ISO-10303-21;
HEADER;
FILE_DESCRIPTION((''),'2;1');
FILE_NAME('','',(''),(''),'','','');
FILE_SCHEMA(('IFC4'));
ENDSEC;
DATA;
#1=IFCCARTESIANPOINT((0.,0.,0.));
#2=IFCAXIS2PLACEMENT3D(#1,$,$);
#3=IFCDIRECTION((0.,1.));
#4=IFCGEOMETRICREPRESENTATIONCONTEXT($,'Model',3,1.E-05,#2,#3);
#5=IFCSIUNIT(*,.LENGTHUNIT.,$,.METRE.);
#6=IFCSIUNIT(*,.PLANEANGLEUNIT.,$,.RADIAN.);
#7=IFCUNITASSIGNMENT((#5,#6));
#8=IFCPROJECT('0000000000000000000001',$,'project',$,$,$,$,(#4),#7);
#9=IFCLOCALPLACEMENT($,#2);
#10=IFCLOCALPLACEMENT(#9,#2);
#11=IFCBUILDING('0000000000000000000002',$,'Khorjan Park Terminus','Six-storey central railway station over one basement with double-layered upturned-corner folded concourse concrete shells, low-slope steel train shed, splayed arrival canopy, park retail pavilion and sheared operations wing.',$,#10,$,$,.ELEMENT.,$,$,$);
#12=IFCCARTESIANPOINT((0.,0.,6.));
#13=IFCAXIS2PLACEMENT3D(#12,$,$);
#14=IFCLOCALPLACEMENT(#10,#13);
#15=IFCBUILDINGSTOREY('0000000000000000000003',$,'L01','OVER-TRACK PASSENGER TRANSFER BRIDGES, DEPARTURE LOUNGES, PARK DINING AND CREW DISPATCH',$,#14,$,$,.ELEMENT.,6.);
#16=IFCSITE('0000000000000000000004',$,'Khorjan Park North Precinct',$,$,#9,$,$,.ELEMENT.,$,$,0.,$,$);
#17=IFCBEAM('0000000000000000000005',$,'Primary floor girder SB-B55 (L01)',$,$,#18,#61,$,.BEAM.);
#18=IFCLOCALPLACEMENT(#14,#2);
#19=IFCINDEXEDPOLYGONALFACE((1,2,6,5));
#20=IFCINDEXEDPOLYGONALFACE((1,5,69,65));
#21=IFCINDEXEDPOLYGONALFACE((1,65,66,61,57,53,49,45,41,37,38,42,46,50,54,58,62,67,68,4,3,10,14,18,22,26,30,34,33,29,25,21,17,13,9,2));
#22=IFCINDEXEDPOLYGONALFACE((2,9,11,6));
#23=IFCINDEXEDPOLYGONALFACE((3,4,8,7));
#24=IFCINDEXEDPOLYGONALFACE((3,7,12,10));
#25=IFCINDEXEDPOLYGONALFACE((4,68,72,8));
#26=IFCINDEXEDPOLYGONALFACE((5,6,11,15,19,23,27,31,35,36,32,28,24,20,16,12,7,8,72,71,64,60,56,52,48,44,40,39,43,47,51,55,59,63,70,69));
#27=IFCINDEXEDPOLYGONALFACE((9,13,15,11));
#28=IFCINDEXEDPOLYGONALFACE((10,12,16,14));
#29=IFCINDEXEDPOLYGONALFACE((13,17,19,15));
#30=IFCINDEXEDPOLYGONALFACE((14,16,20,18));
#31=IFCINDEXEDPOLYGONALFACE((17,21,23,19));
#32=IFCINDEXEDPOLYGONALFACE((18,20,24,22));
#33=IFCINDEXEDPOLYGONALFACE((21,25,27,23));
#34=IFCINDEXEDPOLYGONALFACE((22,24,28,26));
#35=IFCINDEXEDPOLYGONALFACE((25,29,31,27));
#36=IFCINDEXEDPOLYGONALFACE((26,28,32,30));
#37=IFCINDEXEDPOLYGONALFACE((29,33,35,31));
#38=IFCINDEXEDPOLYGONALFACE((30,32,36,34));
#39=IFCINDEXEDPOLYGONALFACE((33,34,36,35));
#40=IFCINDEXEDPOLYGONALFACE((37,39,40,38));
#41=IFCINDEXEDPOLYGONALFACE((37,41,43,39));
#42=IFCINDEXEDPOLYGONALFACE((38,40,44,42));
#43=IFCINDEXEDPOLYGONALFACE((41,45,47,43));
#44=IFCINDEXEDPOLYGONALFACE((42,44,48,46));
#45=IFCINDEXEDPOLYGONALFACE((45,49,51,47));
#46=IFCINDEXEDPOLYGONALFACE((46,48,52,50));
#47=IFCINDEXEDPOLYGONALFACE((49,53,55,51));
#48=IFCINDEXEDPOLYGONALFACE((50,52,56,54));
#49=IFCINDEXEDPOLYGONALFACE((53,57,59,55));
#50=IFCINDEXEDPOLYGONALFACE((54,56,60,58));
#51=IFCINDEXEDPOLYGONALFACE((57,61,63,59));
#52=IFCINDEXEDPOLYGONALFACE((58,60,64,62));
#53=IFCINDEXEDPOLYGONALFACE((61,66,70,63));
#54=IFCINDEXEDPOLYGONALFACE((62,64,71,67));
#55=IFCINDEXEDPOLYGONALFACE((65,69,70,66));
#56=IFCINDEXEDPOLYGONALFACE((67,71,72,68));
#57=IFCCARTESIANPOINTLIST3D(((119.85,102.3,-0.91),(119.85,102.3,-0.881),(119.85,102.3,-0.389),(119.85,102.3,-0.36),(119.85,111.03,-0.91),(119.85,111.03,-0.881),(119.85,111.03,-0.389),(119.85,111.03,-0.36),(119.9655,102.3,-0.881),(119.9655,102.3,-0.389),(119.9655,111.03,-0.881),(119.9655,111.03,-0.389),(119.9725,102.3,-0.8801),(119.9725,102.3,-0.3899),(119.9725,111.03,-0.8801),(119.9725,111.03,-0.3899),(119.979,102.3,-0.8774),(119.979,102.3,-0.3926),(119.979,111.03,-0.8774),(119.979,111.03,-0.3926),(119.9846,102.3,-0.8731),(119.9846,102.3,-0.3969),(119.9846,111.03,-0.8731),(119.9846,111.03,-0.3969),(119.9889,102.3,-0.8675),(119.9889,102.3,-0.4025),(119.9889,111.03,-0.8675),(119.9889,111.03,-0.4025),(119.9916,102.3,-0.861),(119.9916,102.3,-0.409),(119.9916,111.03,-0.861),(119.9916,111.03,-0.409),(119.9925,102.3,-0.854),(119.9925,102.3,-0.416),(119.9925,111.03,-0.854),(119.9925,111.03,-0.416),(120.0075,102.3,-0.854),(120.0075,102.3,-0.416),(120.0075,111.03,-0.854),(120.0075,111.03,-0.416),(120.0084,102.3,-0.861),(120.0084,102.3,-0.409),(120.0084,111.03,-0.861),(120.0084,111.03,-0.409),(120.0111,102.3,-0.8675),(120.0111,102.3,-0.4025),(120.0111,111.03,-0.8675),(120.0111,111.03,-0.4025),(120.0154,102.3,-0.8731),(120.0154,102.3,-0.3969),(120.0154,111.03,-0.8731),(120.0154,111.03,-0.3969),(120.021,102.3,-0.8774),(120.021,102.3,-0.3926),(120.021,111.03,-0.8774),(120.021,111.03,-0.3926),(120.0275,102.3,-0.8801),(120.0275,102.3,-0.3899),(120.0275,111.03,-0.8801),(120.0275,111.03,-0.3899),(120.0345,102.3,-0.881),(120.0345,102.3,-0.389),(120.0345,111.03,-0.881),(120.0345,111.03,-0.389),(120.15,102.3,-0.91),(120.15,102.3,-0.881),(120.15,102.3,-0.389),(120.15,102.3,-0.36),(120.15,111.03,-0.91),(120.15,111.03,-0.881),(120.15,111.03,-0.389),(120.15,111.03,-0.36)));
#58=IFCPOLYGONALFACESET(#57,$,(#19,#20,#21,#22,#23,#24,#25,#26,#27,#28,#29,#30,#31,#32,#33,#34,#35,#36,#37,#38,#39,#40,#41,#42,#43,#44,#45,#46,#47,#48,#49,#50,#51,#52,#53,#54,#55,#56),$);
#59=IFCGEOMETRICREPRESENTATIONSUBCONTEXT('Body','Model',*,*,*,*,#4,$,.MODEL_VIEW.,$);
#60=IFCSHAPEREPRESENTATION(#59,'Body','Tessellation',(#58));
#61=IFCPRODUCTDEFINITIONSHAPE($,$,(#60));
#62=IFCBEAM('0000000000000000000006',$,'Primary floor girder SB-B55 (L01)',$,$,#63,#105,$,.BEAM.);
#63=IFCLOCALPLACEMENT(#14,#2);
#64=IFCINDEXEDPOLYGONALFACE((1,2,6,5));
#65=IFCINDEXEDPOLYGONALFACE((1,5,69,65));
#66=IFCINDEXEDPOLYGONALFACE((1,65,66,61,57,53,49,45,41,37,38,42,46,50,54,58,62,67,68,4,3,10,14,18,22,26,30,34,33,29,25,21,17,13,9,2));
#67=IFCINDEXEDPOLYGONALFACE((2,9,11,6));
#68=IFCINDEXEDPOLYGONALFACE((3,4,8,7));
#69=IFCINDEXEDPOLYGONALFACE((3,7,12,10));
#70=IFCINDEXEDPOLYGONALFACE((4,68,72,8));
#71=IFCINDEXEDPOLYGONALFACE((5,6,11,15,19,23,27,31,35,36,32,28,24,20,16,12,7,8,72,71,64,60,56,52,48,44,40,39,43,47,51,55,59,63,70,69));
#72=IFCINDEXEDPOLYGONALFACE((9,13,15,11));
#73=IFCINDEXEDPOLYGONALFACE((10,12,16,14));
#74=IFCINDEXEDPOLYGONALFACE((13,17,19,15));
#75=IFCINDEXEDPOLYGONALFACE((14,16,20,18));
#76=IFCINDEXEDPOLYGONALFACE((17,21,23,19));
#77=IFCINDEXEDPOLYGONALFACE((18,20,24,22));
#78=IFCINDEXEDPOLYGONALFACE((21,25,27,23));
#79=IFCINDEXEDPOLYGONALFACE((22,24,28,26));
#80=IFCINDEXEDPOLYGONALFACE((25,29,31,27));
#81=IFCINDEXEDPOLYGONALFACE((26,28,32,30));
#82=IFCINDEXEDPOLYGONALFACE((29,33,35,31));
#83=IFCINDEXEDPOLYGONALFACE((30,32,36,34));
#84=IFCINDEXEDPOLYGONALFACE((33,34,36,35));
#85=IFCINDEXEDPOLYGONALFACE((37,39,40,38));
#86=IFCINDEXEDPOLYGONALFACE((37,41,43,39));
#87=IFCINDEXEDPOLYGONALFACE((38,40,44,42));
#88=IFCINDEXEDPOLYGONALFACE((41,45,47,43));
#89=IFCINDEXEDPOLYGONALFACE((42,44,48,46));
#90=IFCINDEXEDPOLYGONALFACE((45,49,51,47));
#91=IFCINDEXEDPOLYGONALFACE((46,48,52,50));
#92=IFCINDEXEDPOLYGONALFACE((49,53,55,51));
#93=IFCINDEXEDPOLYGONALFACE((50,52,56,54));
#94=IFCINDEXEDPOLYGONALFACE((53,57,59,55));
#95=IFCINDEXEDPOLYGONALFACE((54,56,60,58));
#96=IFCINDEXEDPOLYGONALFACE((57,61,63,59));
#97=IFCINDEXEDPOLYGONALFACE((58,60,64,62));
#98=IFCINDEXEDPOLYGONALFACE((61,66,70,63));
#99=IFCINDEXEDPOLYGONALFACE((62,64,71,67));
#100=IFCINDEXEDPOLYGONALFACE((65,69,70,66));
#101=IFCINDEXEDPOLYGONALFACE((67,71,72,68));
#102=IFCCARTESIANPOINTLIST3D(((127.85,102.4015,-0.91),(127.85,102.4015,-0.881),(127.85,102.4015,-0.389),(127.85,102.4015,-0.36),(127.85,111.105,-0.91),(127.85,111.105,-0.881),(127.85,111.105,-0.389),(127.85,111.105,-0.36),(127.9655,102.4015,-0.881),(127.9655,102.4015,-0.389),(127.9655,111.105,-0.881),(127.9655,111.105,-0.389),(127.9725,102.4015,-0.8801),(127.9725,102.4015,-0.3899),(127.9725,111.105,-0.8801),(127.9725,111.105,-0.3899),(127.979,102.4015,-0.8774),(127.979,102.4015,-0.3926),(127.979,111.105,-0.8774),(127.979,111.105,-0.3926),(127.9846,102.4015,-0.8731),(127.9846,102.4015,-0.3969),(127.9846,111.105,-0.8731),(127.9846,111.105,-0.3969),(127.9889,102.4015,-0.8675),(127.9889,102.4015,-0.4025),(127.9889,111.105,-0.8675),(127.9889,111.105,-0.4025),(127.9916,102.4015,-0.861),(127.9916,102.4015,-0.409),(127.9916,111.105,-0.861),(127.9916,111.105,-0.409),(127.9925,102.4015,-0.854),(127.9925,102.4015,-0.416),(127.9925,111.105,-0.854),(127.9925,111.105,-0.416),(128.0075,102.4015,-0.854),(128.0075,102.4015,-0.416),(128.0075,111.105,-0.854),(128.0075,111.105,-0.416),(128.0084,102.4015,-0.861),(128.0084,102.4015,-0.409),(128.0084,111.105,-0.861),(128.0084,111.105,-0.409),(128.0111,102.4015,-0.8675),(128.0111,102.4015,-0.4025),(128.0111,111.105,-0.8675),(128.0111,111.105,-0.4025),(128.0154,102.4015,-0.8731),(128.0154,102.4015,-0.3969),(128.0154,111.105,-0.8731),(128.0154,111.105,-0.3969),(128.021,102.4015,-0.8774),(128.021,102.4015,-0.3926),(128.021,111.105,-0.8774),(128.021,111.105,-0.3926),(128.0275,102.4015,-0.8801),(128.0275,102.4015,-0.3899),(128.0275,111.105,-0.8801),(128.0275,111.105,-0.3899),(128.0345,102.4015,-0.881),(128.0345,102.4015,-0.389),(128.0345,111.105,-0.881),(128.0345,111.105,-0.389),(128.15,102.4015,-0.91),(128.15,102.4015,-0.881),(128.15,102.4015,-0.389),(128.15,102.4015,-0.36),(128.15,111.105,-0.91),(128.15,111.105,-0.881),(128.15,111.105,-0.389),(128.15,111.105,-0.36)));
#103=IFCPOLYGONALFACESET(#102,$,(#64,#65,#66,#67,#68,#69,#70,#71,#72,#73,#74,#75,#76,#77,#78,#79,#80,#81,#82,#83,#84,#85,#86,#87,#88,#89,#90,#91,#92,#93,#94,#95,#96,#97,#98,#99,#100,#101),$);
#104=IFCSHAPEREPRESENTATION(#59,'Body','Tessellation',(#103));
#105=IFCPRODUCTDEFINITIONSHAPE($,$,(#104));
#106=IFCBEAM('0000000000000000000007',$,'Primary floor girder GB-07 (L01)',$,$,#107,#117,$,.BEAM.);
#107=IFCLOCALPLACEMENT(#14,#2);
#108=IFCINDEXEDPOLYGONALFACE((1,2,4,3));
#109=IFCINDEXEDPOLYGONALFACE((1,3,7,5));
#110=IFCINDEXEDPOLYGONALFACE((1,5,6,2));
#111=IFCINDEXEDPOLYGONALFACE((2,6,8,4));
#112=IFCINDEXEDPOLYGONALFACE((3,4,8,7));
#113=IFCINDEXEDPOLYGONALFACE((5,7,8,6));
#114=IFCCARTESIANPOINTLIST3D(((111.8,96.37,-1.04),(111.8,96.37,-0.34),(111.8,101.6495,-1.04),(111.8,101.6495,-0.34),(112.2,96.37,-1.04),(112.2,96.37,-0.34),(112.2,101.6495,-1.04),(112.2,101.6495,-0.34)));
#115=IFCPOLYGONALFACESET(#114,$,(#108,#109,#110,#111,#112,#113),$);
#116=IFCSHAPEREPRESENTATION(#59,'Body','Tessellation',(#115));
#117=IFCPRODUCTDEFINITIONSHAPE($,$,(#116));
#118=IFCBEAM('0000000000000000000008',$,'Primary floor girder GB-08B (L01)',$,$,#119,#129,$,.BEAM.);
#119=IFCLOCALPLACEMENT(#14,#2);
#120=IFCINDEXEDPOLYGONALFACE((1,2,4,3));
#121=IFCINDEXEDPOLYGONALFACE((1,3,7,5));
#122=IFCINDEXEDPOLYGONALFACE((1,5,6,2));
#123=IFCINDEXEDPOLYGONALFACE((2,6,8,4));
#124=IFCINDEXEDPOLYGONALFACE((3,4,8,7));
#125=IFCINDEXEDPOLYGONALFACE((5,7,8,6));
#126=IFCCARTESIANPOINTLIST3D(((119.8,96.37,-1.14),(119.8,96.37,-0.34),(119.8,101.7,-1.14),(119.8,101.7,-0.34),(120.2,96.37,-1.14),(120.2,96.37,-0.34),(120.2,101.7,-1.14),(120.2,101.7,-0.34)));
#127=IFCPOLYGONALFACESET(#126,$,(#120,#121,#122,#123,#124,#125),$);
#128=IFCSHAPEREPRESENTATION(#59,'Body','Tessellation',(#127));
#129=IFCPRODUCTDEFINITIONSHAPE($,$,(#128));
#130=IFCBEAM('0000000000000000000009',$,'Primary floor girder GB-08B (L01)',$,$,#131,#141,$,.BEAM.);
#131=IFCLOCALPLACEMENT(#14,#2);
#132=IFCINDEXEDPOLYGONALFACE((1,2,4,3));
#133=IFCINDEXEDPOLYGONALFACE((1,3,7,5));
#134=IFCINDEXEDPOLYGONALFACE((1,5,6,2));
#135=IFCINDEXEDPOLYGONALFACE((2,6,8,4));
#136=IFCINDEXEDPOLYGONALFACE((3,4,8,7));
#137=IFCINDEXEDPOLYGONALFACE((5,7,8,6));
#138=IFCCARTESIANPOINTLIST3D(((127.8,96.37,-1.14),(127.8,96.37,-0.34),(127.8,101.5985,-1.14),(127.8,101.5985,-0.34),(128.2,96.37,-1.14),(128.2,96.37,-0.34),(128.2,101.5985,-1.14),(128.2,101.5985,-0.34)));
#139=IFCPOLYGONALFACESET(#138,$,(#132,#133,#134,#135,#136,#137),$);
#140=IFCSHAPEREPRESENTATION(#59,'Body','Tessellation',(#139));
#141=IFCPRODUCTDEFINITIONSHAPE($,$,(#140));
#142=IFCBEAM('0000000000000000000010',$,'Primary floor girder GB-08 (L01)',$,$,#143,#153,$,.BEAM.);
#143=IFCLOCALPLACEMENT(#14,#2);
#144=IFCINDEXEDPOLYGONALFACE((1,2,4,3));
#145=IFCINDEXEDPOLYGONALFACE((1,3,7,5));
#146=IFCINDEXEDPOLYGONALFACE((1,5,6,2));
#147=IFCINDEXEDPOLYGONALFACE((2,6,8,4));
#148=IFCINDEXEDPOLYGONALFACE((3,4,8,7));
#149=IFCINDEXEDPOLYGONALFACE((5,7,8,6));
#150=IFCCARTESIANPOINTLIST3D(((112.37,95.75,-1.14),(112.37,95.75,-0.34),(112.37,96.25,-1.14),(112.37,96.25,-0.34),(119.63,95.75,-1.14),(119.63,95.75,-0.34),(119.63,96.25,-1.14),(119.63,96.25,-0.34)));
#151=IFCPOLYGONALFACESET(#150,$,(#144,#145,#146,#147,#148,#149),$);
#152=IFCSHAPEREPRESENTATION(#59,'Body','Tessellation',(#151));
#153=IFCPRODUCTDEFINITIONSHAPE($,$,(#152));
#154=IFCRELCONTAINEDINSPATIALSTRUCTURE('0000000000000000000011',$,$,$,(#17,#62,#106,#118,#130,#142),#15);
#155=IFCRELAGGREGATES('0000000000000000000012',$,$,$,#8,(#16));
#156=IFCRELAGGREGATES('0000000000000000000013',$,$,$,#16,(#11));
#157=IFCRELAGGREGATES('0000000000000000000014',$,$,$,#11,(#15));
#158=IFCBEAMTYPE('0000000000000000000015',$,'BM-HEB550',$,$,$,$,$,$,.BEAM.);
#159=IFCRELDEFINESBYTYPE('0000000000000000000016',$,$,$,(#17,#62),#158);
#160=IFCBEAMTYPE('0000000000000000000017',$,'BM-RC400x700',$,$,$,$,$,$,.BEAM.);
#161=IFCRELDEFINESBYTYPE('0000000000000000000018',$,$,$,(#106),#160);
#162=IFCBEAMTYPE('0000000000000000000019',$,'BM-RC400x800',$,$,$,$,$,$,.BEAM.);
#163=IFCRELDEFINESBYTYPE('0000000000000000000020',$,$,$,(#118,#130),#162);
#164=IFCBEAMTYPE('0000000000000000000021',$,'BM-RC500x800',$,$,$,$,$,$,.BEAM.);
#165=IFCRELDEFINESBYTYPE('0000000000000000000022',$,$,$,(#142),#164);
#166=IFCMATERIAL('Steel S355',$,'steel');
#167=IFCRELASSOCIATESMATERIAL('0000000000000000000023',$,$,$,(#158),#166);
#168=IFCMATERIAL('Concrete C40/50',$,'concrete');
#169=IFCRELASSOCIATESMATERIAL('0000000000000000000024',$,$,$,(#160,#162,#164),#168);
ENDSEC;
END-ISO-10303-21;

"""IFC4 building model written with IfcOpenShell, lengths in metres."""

from ifc_helpers import new_model, si_unit, direction, frame, origin, origin_2d, place, context, subcontext, project, spatial, rectangle, i_section, extrude, material, material_profile, profile_set, type_object, element, save


model = new_model("IFC4")

# Units and contexts
model_context = context("Model", 3, precision=1e-05, world=origin(), true_north=direction((0.0, 1.0)))
body_context = subcontext(model_context, "Body", "Model", "MODEL_VIEW")
ifc_project = project(units=[si_unit("LENGTHUNIT", "METRE"), si_unit("PLANEANGLEUNIT", "RADIAN")], contexts=[model_context])

# Site, building, storey
site_placement = place(None, origin())
site = spatial("IfcSite", under=ifc_project, at=site_placement, Name="Khorjan Park North Precinct", CompositionType="ELEMENT", RefElevation=0.0)
building_placement = place(site_placement, origin())
building = spatial("IfcBuilding", under=site, at=building_placement, Name="Khorjan Park Terminus", Description="Six-storey central railway station over one basement with double-layered upturned-corner folded concourse concrete shells, low-slope steel train shed, splayed arrival canopy, park retail pavilion and sheared operations wing.", CompositionType="ELEMENT")
storey_placement = place(building_placement, frame((0.0, 0.0, 6.0)))
storey = spatial("IfcBuildingStorey", under=building, at=storey_placement, Name="L01", Description="OVER-TRACK PASSENGER TRANSFER BRIDGES, DEPARTURE LOUNGES, PARK DINING AND CREW DISPATCH", CompositionType="ELEMENT", Elevation=6.0)

# Shared definitions
ifc_material_1 = material(Name="Steel S355", Category="steel")

# Beams
ifc_material_profile_1 = material_profile(ifc_material_1, i_section(OverallWidth=0.3, OverallDepth=0.55, WebThickness=0.015, FlangeThickness=0.029, FilletRadius=0.027, at=origin_2d()), Name="HEB 550")
ifc_profile_set_1 = profile_set([ifc_material_profile_1], Name="Steel S355")
beam_type_1 = type_object("IfcBeamType", Name="BM-HEB550", PredefinedType="BEAM", material=ifc_profile_set_1)
beam_1_placement = place(storey_placement, frame((120.0, 102.3, -0.635), z_axis=(0.0, 1.0, 0.0), x_axis=(-1.0, 0.0, 0.0)))
element("IfcBeam", 1, at=beam_1_placement, inside=storey, type_object=beam_type_1, Name="Primary floor girder SB-B55 (L01)", PredefinedType="BEAM", context=body_context, shape_type="SweptSolid", body=[
    extrude(i_section(OverallWidth=0.3, OverallDepth=0.55, WebThickness=0.015, FlangeThickness=0.029, FilletRadius=0.027, at=origin_2d()), origin(), (0.0, 0.0, 1.0), 8.73),
])
beam_2_placement = place(storey_placement, frame((128.0, 102.4015, -0.635), z_axis=(0.0, 1.0, 0.0), x_axis=(-1.0, 0.0, 0.0)))
element("IfcBeam", 2, at=beam_2_placement, inside=storey, type_object=beam_type_1, Name="Primary floor girder SB-B55 (L01)", PredefinedType="BEAM", context=body_context, shape_type="SweptSolid", body=[
    extrude(i_section(OverallWidth=0.3, OverallDepth=0.55, WebThickness=0.015, FlangeThickness=0.029, FilletRadius=0.027, at=origin_2d()), origin(), (0.0, 0.0, 1.0), 8.7035),
])
ifc_material_2 = material(Name="Concrete C40/50", Category="concrete")
ifc_material_profile_2 = material_profile(ifc_material_2, rectangle(XDim=0.4, YDim=0.7, at=origin_2d()), Name="RC 400x700")
ifc_profile_set_2 = profile_set([ifc_material_profile_2], Name="Concrete C40/50")
beam_type_2 = type_object("IfcBeamType", Name="BM-RC400x700", PredefinedType="BEAM", material=ifc_profile_set_2)
beam_3_placement = place(storey_placement, frame((112.0, 96.37, -0.69), z_axis=(0.0, 1.0, 0.0), x_axis=(-1.0, 0.0, 0.0)))
element("IfcBeam", 3, at=beam_3_placement, inside=storey, type_object=beam_type_2, Name="Primary floor girder GB-07 (L01)", PredefinedType="BEAM", context=body_context, shape_type="SweptSolid", body=[
    extrude(rectangle(XDim=0.4, YDim=0.7, at=origin_2d()), origin(), (0.0, 0.0, 1.0), 5.2795),
])
ifc_material_profile_3 = material_profile(ifc_material_2, rectangle(XDim=0.4, YDim=0.8, at=origin_2d()), Name="RC 400x800")
ifc_profile_set_3 = profile_set([ifc_material_profile_3], Name="Concrete C40/50")
beam_type_3 = type_object("IfcBeamType", Name="BM-RC400x800", PredefinedType="BEAM", material=ifc_profile_set_3)
beam_4_placement = place(storey_placement, frame((120.0, 96.37, -0.74), z_axis=(0.0, 1.0, 0.0), x_axis=(-1.0, 0.0, 0.0)))
element("IfcBeam", 4, at=beam_4_placement, inside=storey, type_object=beam_type_3, Name="Primary floor girder GB-08B (L01)", PredefinedType="BEAM", context=body_context, shape_type="SweptSolid", body=[
    extrude(rectangle(XDim=0.4, YDim=0.8, at=origin_2d()), origin(), (0.0, 0.0, 1.0), 5.33),
])
beam_5_placement = place(storey_placement, frame((128.0, 96.37, -0.74), z_axis=(0.0, 1.0, 0.0), x_axis=(-1.0, 0.0, 0.0)))
element("IfcBeam", 5, at=beam_5_placement, inside=storey, type_object=beam_type_3, Name="Primary floor girder GB-08B (L01)", PredefinedType="BEAM", context=body_context, shape_type="SweptSolid", body=[
    extrude(rectangle(XDim=0.4, YDim=0.8, at=origin_2d()), origin(), (0.0, 0.0, 1.0), 5.2285),
])
ifc_material_profile_4 = material_profile(ifc_material_2, rectangle(XDim=0.5, YDim=0.8, at=origin_2d()), Name="RC 500x800")
ifc_profile_set_4 = profile_set([ifc_material_profile_4], Name="Concrete C40/50")
beam_type_4 = type_object("IfcBeamType", Name="BM-RC500x800", PredefinedType="BEAM", material=ifc_profile_set_4)
beam_6_placement = place(storey_placement, frame((112.37, 96.0, -0.74), z_axis=(1.0, 0.0, 0.0), x_axis=(0.0, 1.0, 0.0)))
element("IfcBeam", 6, at=beam_6_placement, inside=storey, type_object=beam_type_4, Name="Primary floor girder GB-08 (L01)", PredefinedType="BEAM", context=body_context, shape_type="SweptSolid", body=[
    extrude(rectangle(XDim=0.5, YDim=0.8, at=origin_2d()), origin(), (0.0, 0.0, 1.0), 7.26),
])

save(model, "model.ifc")
